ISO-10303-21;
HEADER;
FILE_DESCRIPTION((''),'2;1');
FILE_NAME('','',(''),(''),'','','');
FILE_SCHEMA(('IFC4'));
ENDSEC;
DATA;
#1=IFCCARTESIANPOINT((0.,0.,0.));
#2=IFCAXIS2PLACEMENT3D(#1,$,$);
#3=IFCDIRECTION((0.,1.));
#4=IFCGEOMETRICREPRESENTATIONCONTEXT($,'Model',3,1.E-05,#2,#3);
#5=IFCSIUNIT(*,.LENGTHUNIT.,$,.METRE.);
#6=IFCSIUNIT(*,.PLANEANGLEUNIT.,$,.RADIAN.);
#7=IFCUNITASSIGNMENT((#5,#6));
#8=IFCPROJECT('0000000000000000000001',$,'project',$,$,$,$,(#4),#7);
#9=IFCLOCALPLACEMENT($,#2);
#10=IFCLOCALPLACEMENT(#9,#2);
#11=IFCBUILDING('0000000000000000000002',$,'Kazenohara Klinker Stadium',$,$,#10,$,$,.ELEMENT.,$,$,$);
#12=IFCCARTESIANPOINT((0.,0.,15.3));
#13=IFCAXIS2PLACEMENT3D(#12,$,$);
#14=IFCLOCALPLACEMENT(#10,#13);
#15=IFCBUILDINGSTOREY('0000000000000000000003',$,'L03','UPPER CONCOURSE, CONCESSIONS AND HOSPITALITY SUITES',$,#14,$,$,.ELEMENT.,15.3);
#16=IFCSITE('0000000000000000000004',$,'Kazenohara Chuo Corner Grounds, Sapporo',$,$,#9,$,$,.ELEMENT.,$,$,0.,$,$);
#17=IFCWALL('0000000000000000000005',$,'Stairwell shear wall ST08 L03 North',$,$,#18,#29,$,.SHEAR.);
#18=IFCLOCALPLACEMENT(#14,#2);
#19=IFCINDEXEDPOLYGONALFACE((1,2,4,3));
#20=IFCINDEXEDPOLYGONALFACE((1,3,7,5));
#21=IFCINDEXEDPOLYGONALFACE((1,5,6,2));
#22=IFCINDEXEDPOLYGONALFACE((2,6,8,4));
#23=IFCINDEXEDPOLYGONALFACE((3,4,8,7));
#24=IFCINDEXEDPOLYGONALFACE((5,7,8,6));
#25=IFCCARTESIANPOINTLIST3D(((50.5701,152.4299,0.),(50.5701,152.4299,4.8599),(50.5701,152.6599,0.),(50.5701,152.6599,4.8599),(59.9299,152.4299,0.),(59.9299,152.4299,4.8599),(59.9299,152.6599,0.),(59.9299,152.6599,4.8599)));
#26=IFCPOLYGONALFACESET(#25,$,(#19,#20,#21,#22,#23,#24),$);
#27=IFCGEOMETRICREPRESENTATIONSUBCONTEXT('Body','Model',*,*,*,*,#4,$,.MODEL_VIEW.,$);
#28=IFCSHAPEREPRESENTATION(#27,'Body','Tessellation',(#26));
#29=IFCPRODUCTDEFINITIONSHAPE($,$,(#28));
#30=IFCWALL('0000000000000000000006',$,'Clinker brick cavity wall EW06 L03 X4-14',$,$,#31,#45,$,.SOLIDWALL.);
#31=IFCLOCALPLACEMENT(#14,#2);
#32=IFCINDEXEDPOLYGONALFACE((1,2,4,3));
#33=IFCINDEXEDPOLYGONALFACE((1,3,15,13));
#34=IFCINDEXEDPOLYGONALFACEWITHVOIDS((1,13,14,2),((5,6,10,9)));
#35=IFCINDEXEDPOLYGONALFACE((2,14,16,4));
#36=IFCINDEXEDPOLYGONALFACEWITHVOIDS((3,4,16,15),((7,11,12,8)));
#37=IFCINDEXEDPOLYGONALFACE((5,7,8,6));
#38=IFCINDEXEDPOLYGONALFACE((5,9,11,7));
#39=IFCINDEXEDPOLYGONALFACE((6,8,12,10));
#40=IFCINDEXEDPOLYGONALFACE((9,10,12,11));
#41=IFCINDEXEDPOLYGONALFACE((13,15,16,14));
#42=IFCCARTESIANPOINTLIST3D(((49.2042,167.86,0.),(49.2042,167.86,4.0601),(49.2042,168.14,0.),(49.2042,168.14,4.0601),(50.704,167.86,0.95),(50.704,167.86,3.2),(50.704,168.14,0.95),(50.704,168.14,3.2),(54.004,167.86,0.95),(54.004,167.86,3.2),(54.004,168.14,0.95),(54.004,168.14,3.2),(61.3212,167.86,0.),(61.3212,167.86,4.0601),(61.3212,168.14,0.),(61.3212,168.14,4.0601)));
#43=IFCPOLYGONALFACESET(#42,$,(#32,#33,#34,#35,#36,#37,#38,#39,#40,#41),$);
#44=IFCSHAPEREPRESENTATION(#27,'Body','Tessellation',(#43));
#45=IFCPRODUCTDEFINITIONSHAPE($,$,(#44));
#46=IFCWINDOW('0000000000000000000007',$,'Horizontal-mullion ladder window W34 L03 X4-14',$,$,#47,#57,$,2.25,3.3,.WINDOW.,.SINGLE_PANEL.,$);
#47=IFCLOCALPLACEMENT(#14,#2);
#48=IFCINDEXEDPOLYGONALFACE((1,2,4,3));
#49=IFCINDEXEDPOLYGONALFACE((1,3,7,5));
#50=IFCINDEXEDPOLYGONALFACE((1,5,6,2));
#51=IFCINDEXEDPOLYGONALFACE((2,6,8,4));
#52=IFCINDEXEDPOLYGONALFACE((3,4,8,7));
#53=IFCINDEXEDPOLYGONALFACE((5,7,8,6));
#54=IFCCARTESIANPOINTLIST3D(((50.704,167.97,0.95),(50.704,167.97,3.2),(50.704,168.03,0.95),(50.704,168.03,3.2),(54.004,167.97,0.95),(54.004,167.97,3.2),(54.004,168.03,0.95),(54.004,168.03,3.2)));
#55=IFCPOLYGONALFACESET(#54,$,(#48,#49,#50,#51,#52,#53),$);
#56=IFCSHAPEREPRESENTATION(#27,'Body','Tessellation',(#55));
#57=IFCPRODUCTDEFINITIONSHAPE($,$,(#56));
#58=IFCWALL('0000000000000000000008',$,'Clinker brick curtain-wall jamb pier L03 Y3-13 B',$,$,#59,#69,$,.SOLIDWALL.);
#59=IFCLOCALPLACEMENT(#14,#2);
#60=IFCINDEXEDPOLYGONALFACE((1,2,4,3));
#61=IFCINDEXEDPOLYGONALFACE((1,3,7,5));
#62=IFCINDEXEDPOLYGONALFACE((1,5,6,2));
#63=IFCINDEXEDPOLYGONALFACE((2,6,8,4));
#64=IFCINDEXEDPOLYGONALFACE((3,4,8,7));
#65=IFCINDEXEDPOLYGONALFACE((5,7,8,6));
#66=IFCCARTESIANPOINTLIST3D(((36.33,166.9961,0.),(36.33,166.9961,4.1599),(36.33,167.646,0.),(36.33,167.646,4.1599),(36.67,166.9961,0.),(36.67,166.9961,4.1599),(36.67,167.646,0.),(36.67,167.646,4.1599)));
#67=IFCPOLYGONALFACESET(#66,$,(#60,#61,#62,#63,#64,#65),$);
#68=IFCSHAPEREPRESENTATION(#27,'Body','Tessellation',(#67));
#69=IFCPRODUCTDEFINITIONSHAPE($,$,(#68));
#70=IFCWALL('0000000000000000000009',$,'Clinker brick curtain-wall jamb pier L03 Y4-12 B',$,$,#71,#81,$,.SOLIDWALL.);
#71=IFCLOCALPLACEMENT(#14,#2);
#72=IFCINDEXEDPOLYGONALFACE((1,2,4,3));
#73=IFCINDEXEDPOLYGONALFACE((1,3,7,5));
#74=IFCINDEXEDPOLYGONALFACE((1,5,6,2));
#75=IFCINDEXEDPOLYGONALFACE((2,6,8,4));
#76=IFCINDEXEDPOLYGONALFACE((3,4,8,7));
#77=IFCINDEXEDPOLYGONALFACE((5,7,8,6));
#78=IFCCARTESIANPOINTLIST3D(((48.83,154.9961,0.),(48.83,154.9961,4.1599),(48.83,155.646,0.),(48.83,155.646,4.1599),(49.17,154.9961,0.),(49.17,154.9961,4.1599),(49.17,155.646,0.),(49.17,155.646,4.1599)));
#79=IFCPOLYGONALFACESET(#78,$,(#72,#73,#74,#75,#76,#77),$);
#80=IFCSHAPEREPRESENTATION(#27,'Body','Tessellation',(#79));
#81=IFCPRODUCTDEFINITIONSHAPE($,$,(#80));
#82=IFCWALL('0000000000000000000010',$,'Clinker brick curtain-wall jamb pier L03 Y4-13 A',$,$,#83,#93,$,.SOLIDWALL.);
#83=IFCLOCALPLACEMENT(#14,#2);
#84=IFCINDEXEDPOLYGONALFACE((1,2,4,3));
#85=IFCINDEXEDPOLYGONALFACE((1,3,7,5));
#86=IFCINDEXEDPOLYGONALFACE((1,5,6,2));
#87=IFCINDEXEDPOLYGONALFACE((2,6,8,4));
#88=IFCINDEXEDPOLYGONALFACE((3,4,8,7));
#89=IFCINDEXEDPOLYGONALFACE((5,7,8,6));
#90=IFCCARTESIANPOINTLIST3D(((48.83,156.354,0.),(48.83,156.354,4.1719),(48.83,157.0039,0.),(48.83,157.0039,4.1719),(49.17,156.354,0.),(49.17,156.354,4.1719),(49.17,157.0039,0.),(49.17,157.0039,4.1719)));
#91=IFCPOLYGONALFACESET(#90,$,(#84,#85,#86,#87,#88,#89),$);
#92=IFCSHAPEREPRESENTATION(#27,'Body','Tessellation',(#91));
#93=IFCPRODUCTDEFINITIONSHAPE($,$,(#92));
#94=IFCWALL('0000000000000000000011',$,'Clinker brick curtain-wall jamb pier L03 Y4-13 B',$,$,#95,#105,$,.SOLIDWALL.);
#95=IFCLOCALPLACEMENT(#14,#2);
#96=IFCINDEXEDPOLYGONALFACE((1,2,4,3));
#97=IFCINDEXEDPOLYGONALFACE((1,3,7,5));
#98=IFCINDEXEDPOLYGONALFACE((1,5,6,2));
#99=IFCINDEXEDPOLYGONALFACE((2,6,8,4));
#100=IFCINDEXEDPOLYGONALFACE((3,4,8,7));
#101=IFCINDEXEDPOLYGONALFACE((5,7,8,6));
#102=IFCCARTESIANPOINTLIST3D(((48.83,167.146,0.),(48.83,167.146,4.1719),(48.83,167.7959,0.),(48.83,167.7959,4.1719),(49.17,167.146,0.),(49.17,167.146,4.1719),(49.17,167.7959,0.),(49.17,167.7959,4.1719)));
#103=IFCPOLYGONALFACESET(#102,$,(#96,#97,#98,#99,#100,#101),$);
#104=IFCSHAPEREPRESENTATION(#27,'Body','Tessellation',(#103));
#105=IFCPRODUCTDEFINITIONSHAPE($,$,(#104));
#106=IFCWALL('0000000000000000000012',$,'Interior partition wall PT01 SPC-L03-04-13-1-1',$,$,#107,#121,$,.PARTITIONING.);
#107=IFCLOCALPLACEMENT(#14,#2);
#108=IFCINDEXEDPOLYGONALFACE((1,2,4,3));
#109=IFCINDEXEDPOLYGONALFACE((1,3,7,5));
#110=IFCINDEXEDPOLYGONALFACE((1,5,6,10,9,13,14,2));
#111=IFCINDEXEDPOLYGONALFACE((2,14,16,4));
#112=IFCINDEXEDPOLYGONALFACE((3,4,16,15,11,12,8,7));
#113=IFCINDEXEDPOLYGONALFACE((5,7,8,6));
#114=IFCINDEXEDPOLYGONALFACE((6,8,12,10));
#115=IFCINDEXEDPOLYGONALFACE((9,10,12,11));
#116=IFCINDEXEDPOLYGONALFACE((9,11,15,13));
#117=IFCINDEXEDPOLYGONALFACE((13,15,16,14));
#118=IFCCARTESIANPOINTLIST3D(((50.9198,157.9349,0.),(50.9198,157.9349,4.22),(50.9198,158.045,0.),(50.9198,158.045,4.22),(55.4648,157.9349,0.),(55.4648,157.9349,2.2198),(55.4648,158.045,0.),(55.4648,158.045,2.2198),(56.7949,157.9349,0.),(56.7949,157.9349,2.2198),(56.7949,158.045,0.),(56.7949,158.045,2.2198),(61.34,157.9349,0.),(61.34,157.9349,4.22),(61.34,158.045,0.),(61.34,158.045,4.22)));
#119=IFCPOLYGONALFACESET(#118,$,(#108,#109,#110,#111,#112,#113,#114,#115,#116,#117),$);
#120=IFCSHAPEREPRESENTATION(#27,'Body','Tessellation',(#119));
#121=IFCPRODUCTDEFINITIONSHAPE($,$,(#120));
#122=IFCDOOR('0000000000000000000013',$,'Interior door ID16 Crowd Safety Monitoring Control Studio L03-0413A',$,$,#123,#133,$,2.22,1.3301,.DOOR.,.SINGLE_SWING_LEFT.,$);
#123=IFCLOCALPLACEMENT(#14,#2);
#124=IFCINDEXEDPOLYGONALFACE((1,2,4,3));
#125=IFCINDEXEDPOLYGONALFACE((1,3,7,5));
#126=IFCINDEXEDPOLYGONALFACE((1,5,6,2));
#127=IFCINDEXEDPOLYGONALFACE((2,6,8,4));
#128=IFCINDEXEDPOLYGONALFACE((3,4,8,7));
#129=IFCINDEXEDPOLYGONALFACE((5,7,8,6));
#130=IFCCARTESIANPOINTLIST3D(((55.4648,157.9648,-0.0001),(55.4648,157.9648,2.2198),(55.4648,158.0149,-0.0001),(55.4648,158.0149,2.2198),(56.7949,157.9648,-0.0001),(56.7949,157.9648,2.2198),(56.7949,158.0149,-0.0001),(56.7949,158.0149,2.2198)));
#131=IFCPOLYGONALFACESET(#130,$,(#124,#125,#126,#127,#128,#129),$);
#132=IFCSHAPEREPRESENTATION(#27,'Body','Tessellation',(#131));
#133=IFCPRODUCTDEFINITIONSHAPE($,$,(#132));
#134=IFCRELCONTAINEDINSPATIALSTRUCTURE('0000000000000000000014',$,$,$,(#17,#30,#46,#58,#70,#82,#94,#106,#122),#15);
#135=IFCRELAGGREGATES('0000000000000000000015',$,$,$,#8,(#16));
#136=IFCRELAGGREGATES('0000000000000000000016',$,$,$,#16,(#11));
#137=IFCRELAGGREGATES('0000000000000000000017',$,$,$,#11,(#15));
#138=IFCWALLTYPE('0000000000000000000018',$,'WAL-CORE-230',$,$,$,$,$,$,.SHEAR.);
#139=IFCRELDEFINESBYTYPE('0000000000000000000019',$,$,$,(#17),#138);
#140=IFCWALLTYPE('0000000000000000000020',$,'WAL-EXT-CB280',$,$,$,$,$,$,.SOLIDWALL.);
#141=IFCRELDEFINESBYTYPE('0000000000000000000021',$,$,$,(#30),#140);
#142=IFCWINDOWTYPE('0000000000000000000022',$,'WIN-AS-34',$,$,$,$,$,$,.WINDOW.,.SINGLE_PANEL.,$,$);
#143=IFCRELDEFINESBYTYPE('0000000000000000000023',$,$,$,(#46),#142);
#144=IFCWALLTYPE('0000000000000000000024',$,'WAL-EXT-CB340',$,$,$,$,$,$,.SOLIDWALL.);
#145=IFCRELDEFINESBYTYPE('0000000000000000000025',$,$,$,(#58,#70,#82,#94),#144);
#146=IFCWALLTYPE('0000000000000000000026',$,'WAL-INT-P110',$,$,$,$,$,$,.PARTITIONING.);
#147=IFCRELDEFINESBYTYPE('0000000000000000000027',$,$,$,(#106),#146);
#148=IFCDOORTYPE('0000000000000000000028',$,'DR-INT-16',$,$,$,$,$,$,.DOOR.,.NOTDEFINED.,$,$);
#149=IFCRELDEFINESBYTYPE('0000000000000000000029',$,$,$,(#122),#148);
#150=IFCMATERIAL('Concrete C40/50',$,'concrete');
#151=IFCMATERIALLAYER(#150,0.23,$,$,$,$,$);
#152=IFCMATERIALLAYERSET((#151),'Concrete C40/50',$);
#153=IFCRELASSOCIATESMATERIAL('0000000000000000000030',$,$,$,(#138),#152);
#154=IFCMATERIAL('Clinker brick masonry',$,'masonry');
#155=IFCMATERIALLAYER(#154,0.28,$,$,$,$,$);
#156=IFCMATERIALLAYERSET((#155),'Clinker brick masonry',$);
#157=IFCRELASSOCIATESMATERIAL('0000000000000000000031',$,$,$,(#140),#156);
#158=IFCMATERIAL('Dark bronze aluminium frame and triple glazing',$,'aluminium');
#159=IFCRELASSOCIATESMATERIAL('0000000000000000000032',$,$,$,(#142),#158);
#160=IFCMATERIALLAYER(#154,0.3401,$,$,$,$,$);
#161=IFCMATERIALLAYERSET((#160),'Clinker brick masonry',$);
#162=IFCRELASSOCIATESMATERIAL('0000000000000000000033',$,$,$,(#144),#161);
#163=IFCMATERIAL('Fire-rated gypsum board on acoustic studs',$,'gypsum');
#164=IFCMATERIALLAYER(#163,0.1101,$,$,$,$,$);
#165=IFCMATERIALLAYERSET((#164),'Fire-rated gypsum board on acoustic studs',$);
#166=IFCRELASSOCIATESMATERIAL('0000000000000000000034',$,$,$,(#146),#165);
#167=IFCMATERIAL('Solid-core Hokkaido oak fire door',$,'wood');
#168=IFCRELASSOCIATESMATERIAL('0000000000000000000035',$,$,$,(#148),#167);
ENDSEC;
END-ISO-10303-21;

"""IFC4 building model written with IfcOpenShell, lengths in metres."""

from ifc_helpers import new_model, si_unit, direction, frame, frame_2d, origin, place, context, subcontext, project, spatial, rectangle, extrude, material, layer, layer_set, type_object, element, fill, save


model = new_model("IFC4")

# Units and contexts
model_context = context("Model", 3, precision=1e-05, world=origin(), true_north=direction((0.0, 1.0)))
body_context = subcontext(model_context, "Body", "Model", "MODEL_VIEW")
ifc_project = project(units=[si_unit("LENGTHUNIT", "METRE"), si_unit("PLANEANGLEUNIT", "RADIAN")], contexts=[model_context])

# Site, building, storey
site_placement = place(None, origin())
site = spatial("IfcSite", under=ifc_project, at=site_placement, Name="Kazenohara Chuo Corner Grounds, Sapporo", CompositionType="ELEMENT", RefElevation=0.0)
building_placement = place(site_placement, origin())
building = spatial("IfcBuilding", under=site, at=building_placement, Name="Kazenohara Klinker Stadium", CompositionType="ELEMENT")
storey_placement = place(building_placement, frame((0.0, 0.0, 15.3)))
storey = spatial("IfcBuildingStorey", under=building, at=storey_placement, Name="L03", Description="UPPER CONCOURSE, CONCESSIONS AND HOSPITALITY SUITES", CompositionType="ELEMENT", Elevation=15.3)

# Shared definitions
ifc_material_1 = material(Name="Concrete C40/50", Category="concrete")

# Wall
ifc_layer_1 = layer(ifc_material_1, 0.23)
ifc_layer_set_1 = layer_set([ifc_layer_1], Name="Concrete C40/50")
wall_type_1 = type_object("IfcWallType", Name="WAL-CORE-230", PredefinedType="SHEAR", material=ifc_layer_set_1)
wall_1_placement = place(storey_placement, frame((50.5701, 152.5449, 0.0), z_axis=(0.0, 0.0, 1.0), x_axis=(1.0, 0.0, 0.0)))
element("IfcWall", 1, at=wall_1_placement, inside=storey, type_object=wall_type_1, Name="Stairwell shear wall ST08 L03 North", PredefinedType="SHEAR", context=body_context, shape_type="SweptSolid", body=[
    extrude(rectangle(XDim=9.3599, YDim=0.23, at=frame_2d((4.6799, 0.0))), origin(), (0.0, 0.0, 1.0), 4.8599),
])

# Wall, opening, window
ifc_material_2 = material(Name="Clinker brick masonry", Category="masonry")
ifc_layer_2 = layer(ifc_material_2, 0.28)
ifc_layer_set_2 = layer_set([ifc_layer_2], Name="Clinker brick masonry")
wall_type_2 = type_object("IfcWallType", Name="WAL-EXT-CB280", PredefinedType="SOLIDWALL", material=ifc_layer_set_2)
wall_2_placement = place(storey_placement, frame((49.2041, 168.0, 0.0), z_axis=(0.0, 0.0, 1.0), x_axis=(1.0, 0.0, 0.0)))
wall_2 = element("IfcWall", 2, at=wall_2_placement, inside=storey, type_object=wall_type_2, Name="Clinker brick cavity wall EW06 L03 X4-14", PredefinedType="SOLIDWALL", context=body_context, shape_type="SweptSolid", body=[
    extrude(rectangle(XDim=12.1169, YDim=0.28, at=frame_2d((6.0586, 0.0))), origin(), (0.0, 0.0, 1.0), 4.0601),
])
opening_1_placement = place(wall_2_placement, frame((1.5, 0.0, 0.95)))
opening_1 = element("IfcOpeningElement", 3, at=opening_1_placement, cuts=wall_2, PredefinedType="OPENING", context=body_context, shape_type="SweptSolid", body=[
    extrude(rectangle(XDim=3.3, YDim=2.25, at=frame_2d((1.6499, 1.125))), frame((0.0, 0.1499, 0.0), z_axis=(0.0, -1.0, 0.0), x_axis=(1.0, 0.0, 0.0)), (0.0, 0.0, 1.0), 0.3),
])
ifc_material_3 = material(Name="Dark bronze aluminium frame and triple glazing", Category="aluminium")
window_type = type_object("IfcWindowType", Name="WIN-AS-34", PartitioningType="SINGLE_PANEL", PredefinedType="WINDOW", material=ifc_material_3)
window_placement = place(opening_1_placement, origin())
window = element("IfcWindow", 4, at=window_placement, inside=storey, type_object=window_type, Name="Horizontal-mullion ladder window W34 L03 X4-14", OverallHeight=2.25, OverallWidth=3.3, PartitioningType="SINGLE_PANEL", PredefinedType="WINDOW", context=body_context, shape_type="SweptSolid", body=[
    extrude(rectangle(XDim=3.3, YDim=2.25, at=frame_2d((1.6499, 1.125))), frame((0.0, 0.03, 0.0), z_axis=(0.0, -1.0, 0.0), x_axis=(1.0, 0.0, 0.0)), (0.0, 0.0, 1.0), 0.0601),
])
fill(opening_1, window)

# Walls
ifc_layer_3 = layer(ifc_material_2, 0.3401)
ifc_layer_set_3 = layer_set([ifc_layer_3], Name="Clinker brick masonry")
wall_type_3 = type_object("IfcWallType", Name="WAL-EXT-CB340", PredefinedType="SOLIDWALL", material=ifc_layer_set_3)
for number, where, z_axis, x_axis, name in (
    (5, (36.5, 166.9961, 0.0), (0.0, 0.0, 1.0), (0.0, 1.0, 0.0), "Clinker brick curtain-wall jamb pier L03 Y3-13 B"),
    (6, (49.0, 154.9961, 0.0), (0.0, 0.0, 1.0), (0.0, 1.0, 0.0), "Clinker brick curtain-wall jamb pier L03 Y4-12 B"),
):
    element("IfcWall", number, at=place(storey_placement, frame(where, z_axis=z_axis, x_axis=x_axis)), inside=storey, type_object=wall_type_3, Name=name, PredefinedType="SOLIDWALL", context=body_context, shape_type="SweptSolid", body=[
        extrude(rectangle(XDim=0.6499, YDim=0.3401, at=frame_2d((0.325, 0.0))), origin(), (0.0, 0.0, 1.0), 4.1599),
    ])
for number, where, z_axis, x_axis, name in (
    (7, (49.0, 156.354, 0.0), (0.0, 0.0, 1.0), (0.0, 1.0, 0.0), "Clinker brick curtain-wall jamb pier L03 Y4-13 A"),
    (8, (49.0, 167.146, 0.0), (0.0, 0.0, 1.0), (0.0, 1.0, 0.0), "Clinker brick curtain-wall jamb pier L03 Y4-13 B"),
):
    element("IfcWall", number, at=place(storey_placement, frame(where, z_axis=z_axis, x_axis=x_axis)), inside=storey, type_object=wall_type_3, Name=name, PredefinedType="SOLIDWALL", context=body_context, shape_type="SweptSolid", body=[
        extrude(rectangle(XDim=0.6499, YDim=0.3401, at=frame_2d((0.325, 0.0))), origin(), (0.0, 0.0, 1.0), 4.1719),
    ])

# Wall, opening, door
ifc_material_4 = material(Name="Fire-rated gypsum board on acoustic studs", Category="gypsum")
ifc_layer_4 = layer(ifc_material_4, 0.1101)
ifc_layer_set_4 = layer_set([ifc_layer_4], Name="Fire-rated gypsum board on acoustic studs")
wall_type_4 = type_object("IfcWallType", Name="WAL-INT-P110", PredefinedType="PARTITIONING", material=ifc_layer_set_4)
wall_3_placement = place(storey_placement, frame((50.9199, 157.99, 0.0), z_axis=(0.0, 0.0, 1.0), x_axis=(1.0, 0.0, 0.0)))
wall_3 = element("IfcWall", 9, at=wall_3_placement, inside=storey, type_object=wall_type_4, Name="Interior partition wall PT01 SPC-L03-04-13-1-1", PredefinedType="PARTITIONING", context=body_context, shape_type="SweptSolid", body=[
    extrude(rectangle(XDim=10.4202, YDim=0.1101, at=frame_2d((5.21, 0.0))), origin(), (0.0, 0.0, 1.0), 4.22),
])
opening_2_placement = place(wall_3_placement, frame((4.5449, 0.0, 0.0)))
opening_2 = element("IfcOpeningElement", 10, at=opening_2_placement, cuts=wall_3, PredefinedType="OPENING", context=body_context, shape_type="SweptSolid", body=[
    extrude(rectangle(XDim=1.3301, YDim=2.22, at=frame_2d((0.665, 1.1099))), frame((0.0, 0.0649, 0.0), z_axis=(0.0, -1.0, 0.0), x_axis=(1.0, 0.0, 0.0)), (0.0, 0.0, 1.0), 0.1301),
])
ifc_material_5 = material(Name="Solid-core Hokkaido oak fire door", Category="wood")
door_type = type_object("IfcDoorType", Name="DR-INT-16", OperationType="NOTDEFINED", PredefinedType="DOOR", material=ifc_material_5)
door_placement = place(opening_2_placement, origin())
door = element("IfcDoor", 11, at=door_placement, inside=storey, type_object=door_type, Name="Interior door ID16 Crowd Safety Monitoring Control Studio L03-0413A", OperationType="SINGLE_SWING_LEFT", OverallHeight=2.22, OverallWidth=1.3301, PredefinedType="DOOR", context=body_context, shape_type="SweptSolid", body=[
    extrude(rectangle(XDim=1.3301, YDim=2.22, at=frame_2d((0.665, 1.1099))), frame((0.0, 0.0249, 0.0), z_axis=(0.0, -1.0, 0.0), x_axis=(1.0, 0.0, 0.0)), (0.0, 0.0, 1.0), 0.05),
])
fill(opening_2, door)

save(model, "model.ifc")
